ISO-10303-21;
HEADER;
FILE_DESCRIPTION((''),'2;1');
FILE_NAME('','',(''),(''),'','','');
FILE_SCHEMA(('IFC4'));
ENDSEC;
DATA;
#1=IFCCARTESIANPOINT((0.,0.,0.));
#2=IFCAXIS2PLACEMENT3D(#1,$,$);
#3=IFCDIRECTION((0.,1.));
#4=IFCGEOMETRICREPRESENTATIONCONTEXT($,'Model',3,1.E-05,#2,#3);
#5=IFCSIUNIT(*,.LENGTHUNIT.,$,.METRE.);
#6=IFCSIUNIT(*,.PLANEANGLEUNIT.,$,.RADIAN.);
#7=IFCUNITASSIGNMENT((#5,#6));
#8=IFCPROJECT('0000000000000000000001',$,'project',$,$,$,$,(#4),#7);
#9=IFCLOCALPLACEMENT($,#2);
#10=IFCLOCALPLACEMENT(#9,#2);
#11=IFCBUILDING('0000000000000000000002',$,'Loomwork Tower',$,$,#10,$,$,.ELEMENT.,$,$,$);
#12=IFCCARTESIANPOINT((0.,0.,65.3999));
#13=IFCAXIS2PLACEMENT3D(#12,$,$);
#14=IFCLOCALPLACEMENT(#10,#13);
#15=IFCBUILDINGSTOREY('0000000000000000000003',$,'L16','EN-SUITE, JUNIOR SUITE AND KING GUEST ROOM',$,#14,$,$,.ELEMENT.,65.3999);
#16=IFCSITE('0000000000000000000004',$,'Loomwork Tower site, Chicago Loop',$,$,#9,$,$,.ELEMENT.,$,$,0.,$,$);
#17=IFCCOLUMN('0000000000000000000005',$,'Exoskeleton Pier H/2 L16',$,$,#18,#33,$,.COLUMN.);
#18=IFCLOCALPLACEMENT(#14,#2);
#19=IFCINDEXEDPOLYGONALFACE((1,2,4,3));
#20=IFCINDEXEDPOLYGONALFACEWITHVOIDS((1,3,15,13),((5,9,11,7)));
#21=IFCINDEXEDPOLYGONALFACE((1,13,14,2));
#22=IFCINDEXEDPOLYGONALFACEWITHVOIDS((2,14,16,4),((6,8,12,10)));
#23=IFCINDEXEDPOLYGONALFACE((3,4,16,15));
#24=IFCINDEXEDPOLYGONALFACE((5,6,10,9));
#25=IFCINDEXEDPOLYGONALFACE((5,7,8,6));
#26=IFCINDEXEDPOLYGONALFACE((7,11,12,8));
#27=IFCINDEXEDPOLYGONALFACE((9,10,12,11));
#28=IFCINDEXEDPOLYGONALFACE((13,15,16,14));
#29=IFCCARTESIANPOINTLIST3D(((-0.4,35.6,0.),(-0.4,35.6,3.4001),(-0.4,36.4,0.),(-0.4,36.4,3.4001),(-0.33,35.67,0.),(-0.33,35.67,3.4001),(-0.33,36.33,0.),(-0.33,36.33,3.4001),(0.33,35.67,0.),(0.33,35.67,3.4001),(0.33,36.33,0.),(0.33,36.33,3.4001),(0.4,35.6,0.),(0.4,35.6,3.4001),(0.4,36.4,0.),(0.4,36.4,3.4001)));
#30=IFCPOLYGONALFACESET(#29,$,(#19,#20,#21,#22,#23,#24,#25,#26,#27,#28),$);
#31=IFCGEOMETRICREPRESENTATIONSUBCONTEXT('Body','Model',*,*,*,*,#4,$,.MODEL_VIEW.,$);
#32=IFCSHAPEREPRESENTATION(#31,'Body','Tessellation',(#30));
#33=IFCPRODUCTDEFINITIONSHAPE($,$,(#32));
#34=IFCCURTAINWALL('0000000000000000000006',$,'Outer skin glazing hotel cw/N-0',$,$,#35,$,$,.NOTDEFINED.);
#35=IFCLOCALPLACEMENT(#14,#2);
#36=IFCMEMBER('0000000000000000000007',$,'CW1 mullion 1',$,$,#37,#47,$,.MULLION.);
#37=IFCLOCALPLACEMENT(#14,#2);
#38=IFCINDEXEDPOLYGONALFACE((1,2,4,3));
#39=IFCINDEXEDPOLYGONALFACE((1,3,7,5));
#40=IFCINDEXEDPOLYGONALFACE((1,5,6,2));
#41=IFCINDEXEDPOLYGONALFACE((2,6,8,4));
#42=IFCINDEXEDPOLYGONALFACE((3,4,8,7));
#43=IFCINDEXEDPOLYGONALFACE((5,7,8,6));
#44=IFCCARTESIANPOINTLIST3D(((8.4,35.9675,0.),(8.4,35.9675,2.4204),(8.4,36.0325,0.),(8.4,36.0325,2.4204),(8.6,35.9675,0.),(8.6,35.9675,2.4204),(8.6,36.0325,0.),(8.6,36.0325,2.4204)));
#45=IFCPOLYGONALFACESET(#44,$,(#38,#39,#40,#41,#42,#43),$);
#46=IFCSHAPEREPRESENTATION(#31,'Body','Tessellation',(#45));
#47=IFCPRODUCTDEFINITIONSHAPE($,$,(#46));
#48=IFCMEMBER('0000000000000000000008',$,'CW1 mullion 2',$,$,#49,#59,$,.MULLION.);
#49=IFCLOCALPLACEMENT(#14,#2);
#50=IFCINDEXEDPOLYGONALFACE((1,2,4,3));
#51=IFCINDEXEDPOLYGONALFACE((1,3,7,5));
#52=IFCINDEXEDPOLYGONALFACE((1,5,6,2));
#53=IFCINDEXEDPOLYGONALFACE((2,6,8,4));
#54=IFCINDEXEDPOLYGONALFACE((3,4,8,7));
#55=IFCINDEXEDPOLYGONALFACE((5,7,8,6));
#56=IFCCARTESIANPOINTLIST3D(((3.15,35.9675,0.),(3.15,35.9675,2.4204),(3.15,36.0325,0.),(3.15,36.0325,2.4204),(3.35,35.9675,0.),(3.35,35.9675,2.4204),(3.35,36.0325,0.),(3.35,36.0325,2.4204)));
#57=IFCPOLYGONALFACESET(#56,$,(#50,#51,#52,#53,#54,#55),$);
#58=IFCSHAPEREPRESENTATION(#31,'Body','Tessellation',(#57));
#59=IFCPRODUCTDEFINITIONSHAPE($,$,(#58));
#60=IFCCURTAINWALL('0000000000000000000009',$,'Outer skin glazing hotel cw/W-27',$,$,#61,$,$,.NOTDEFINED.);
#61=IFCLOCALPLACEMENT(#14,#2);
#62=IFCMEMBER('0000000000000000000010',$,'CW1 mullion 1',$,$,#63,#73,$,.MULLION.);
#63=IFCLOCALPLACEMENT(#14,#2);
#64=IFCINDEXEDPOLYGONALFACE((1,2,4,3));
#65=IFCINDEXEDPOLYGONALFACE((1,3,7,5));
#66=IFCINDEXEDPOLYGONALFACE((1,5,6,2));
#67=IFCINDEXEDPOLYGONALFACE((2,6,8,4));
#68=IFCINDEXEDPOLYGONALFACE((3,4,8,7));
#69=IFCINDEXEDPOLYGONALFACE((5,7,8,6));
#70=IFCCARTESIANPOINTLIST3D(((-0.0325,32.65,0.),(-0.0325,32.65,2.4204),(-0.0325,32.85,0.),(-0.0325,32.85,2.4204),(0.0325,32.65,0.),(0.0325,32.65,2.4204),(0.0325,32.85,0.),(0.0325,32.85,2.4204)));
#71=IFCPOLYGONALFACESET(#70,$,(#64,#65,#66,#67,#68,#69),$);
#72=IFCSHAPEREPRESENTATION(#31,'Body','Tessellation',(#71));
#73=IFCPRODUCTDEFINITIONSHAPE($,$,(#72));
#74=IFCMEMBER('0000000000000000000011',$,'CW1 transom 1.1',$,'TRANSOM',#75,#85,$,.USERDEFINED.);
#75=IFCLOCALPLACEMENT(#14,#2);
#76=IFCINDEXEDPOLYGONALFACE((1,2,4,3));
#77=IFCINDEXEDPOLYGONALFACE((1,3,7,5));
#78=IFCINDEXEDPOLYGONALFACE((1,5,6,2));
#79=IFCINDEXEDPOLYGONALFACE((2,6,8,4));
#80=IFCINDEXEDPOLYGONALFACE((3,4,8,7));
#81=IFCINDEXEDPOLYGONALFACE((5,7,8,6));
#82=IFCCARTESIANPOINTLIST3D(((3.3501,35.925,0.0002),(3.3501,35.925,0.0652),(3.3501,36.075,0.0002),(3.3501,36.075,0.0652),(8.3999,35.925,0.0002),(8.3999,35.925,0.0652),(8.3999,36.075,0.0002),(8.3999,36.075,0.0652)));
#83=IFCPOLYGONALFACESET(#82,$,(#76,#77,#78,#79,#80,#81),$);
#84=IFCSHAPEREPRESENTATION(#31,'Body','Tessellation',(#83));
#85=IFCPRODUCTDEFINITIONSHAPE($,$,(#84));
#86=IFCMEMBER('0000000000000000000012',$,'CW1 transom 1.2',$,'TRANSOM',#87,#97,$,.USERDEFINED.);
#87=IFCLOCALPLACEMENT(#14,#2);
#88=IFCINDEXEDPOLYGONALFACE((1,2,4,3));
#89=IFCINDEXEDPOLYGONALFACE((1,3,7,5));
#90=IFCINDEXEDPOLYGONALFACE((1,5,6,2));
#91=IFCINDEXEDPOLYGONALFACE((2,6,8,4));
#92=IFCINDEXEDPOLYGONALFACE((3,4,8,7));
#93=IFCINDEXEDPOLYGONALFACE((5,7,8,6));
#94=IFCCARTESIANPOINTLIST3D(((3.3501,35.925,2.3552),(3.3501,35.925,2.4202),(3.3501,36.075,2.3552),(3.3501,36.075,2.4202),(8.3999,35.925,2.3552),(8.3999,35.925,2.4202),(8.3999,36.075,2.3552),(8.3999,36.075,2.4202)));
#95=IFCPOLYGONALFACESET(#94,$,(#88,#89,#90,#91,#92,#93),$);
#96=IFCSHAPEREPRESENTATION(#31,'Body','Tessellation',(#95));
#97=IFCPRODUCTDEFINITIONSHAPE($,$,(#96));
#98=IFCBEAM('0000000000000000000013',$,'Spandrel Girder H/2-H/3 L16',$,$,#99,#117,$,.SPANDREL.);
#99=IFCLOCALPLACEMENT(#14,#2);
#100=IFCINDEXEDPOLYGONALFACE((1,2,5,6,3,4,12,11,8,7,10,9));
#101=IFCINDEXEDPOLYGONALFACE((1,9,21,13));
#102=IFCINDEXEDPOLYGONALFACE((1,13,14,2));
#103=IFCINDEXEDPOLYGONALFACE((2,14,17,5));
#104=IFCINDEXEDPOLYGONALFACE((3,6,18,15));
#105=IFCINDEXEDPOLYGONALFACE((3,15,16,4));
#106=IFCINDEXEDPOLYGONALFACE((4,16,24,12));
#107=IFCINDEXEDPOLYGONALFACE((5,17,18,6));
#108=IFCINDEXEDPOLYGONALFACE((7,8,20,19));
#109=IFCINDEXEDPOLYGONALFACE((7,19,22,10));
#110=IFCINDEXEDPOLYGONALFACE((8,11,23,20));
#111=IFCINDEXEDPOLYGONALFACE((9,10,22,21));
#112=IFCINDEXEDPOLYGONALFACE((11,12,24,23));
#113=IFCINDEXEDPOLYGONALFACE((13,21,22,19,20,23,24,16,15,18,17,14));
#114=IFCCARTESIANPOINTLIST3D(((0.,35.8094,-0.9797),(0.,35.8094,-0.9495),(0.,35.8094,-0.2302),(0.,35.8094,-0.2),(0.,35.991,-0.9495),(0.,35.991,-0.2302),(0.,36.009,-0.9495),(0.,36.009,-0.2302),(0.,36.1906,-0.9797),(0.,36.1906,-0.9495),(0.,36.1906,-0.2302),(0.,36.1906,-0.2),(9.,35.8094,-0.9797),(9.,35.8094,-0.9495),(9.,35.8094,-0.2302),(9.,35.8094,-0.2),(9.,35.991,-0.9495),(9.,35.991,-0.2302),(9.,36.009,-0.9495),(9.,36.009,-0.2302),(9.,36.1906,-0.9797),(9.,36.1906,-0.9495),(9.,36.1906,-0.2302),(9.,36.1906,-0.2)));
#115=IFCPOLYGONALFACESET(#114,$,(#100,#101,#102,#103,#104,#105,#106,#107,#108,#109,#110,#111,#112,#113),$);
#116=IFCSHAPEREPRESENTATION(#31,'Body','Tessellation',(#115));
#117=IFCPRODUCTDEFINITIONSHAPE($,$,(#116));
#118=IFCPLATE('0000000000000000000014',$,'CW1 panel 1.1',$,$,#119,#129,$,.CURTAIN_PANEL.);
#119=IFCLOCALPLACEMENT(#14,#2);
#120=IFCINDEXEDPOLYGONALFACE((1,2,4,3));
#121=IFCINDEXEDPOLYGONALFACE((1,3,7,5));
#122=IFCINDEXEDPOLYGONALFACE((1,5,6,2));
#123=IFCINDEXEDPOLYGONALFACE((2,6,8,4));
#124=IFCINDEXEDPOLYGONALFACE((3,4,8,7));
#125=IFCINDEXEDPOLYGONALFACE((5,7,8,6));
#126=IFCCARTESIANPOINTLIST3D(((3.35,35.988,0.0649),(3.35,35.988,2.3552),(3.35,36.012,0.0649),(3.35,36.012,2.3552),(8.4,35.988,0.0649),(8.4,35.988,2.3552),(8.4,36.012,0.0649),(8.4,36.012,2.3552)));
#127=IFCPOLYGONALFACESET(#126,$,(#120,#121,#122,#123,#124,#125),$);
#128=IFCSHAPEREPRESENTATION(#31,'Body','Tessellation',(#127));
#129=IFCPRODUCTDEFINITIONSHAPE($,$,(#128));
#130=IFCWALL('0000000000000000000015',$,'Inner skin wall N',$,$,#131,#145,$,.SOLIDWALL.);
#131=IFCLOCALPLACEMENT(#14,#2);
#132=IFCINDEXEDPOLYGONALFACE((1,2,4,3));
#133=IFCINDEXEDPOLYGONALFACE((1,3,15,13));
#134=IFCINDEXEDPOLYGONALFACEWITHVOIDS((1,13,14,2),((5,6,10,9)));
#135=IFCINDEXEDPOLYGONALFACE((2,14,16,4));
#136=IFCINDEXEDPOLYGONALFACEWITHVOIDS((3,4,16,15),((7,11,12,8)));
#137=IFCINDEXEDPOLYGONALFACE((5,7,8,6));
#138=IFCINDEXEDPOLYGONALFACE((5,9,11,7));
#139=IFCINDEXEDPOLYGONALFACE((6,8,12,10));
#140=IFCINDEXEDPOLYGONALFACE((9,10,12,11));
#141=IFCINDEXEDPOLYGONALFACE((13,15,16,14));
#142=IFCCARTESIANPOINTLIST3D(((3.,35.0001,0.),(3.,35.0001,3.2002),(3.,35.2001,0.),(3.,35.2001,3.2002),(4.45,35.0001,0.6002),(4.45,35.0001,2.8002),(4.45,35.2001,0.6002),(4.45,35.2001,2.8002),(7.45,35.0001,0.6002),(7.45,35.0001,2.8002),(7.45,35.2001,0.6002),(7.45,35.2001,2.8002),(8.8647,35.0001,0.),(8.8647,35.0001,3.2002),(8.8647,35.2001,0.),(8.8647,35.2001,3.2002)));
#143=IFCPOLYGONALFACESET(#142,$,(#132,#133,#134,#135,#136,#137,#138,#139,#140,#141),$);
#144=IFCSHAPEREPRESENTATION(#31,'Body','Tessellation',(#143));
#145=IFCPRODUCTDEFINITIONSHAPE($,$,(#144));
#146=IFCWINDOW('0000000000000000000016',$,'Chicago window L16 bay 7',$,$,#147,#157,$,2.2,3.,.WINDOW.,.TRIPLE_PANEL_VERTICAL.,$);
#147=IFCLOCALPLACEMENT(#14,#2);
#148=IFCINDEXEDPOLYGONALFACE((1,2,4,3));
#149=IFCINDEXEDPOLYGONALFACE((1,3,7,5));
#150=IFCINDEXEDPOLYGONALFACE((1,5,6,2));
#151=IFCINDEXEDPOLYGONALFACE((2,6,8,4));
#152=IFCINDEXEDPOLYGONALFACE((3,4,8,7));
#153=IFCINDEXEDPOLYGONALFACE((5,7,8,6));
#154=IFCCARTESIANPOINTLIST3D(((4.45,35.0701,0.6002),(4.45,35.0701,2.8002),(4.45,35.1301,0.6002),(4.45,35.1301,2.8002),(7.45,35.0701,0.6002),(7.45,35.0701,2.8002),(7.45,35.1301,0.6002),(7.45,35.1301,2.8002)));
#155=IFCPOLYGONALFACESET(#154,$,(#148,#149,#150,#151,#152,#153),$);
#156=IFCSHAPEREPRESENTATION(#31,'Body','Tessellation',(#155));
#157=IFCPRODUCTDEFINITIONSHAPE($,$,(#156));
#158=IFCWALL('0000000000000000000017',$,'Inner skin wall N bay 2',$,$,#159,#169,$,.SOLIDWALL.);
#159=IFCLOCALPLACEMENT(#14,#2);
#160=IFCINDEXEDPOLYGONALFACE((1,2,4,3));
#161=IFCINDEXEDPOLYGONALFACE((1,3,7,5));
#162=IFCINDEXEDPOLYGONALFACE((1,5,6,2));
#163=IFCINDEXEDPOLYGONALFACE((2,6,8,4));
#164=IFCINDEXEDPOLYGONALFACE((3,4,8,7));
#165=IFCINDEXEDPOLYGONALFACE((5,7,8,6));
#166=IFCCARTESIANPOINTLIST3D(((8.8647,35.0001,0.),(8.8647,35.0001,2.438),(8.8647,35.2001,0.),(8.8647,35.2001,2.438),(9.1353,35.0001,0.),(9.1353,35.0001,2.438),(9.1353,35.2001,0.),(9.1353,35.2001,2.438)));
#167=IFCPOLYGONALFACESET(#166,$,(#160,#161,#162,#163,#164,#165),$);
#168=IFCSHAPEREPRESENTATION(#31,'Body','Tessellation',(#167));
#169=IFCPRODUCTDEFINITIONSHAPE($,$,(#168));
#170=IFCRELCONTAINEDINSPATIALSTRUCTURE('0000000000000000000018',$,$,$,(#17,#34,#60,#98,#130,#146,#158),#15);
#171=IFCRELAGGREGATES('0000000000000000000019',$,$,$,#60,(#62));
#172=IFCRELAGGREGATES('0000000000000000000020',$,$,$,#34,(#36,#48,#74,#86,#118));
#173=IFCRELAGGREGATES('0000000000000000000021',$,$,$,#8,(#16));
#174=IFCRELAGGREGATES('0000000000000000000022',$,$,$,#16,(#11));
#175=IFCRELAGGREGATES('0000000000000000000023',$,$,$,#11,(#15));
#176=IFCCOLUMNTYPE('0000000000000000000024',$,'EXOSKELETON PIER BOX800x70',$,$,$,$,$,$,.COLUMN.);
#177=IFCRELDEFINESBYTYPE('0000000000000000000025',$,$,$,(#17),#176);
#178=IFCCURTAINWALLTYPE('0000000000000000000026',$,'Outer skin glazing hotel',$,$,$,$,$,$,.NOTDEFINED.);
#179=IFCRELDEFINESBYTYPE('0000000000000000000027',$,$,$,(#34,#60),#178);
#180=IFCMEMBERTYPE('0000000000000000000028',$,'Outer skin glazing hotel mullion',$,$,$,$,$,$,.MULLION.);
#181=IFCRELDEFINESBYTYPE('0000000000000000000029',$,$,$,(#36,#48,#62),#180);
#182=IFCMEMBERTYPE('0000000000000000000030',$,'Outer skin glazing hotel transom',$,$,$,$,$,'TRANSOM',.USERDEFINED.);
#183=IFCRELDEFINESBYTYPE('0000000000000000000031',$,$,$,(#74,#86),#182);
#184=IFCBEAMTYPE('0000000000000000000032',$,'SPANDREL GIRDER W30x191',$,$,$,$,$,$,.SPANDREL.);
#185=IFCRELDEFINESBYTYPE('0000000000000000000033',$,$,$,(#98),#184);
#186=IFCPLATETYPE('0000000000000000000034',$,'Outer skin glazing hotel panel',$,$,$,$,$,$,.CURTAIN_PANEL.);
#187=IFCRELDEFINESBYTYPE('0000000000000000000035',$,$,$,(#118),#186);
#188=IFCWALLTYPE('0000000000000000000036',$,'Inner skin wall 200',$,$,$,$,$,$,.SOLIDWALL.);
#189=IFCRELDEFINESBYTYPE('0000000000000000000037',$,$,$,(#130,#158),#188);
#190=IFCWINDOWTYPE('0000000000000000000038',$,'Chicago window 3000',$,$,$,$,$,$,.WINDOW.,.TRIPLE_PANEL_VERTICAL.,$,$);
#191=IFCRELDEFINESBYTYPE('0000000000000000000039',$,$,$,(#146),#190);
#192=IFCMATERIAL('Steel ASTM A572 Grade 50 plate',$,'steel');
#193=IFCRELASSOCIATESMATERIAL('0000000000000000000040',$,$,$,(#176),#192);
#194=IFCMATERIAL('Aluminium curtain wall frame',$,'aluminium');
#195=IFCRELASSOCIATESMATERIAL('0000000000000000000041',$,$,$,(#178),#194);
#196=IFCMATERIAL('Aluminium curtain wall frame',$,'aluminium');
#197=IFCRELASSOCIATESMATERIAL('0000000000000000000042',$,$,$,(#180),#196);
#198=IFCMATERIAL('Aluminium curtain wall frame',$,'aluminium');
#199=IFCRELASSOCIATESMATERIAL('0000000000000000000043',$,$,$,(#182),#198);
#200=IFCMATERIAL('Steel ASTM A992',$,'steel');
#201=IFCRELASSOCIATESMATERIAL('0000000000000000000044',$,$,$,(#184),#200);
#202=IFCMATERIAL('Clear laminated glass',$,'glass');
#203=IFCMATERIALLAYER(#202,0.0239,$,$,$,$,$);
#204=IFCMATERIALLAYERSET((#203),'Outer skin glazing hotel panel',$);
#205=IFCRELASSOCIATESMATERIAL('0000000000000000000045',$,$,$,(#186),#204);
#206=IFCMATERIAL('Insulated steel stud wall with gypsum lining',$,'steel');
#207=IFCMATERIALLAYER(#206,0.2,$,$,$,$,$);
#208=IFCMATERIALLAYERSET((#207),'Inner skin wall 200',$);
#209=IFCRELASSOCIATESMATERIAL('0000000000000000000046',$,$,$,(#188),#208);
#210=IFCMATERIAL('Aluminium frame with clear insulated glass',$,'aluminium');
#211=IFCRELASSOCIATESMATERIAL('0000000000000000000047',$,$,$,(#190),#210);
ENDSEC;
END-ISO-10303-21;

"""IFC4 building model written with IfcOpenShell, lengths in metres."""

from ifc_helpers import new_model, si_unit, direction, frame, frame_2d, origin, origin_2d, place, context, subcontext, project, spatial, rectangle, hollow_rectangle, i_section, extrude, material, layer, layer_set, material_profile, profile_set, type_object, element, fill, aggregate, save


model = new_model("IFC4")

# Units and contexts
model_context = context("Model", 3, precision=1e-05, world=origin(), true_north=direction((0.0, 1.0)))
body_context = subcontext(model_context, "Body", "Model", "MODEL_VIEW")
ifc_project = project(units=[si_unit("LENGTHUNIT", "METRE"), si_unit("PLANEANGLEUNIT", "RADIAN")], contexts=[model_context])

# Site, building, storey
site_placement = place(None, origin())
site = spatial("IfcSite", under=ifc_project, at=site_placement, Name="Loomwork Tower site, Chicago Loop", CompositionType="ELEMENT", RefElevation=0.0)
building_placement = place(site_placement, origin())
building = spatial("IfcBuilding", under=site, at=building_placement, Name="Loomwork Tower", CompositionType="ELEMENT")
storey_placement = place(building_placement, frame((0.0, 0.0, 65.3999)))
storey = spatial("IfcBuildingStorey", under=building, at=storey_placement, Name="L16", Description="EN-SUITE, JUNIOR SUITE AND KING GUEST ROOM", CompositionType="ELEMENT", Elevation=65.3999)

# Column
ifc_material_1 = material(Name="Steel ASTM A572 Grade 50 plate", Category="steel")
ifc_material_profile_1 = material_profile(ifc_material_1, hollow_rectangle(XDim=0.8, YDim=0.8, WallThickness=0.0701, at=origin_2d()), Name="BOX800x70")
ifc_profile_set_1 = profile_set([ifc_material_profile_1], Name="Steel ASTM A572 Grade 50 plate")
column_type = type_object("IfcColumnType", Name="EXOSKELETON PIER BOX800x70", PredefinedType="COLUMN", material=ifc_profile_set_1)
column_placement = place(storey_placement, frame((0.0, 36.0, 0.0), z_axis=(0.0, 0.0, 1.0), x_axis=(1.0, 0.0, 0.0)))
element("IfcColumn", 1, at=column_placement, inside=storey, type_object=column_type, Name="Exoskeleton Pier H/2 L16", PredefinedType="COLUMN", context=body_context, shape_type="SweptSolid", body=[
    extrude(hollow_rectangle(XDim=0.8, YDim=0.8, WallThickness=0.0701, at=origin_2d()), origin(), (0.0, 0.0, 1.0), 3.4001),
])

# Curtain wall, members
ifc_material_2 = material(Name="Aluminium curtain wall frame", Category="aluminium")
curtain_wall_type = type_object("IfcCurtainWallType", Name="Outer skin glazing hotel", PredefinedType="NOTDEFINED", material=ifc_material_2)
curtain_wall_1_placement = place(storey_placement, origin())
curtain_wall_1 = element("IfcCurtainWall", 2, at=curtain_wall_1_placement, inside=storey, type_object=curtain_wall_type, Name="Outer skin glazing hotel cw/N-0", PredefinedType="NOTDEFINED")
ifc_material_3 = material(Name="Aluminium curtain wall frame", Category="aluminium")
ifc_material_profile_2 = material_profile(ifc_material_3, rectangle(XDim=0.0649, YDim=0.2, at=origin_2d()), Name="AL 65x200")
ifc_profile_set_2 = profile_set([ifc_material_profile_2], Name="Aluminium curtain wall frame")
member_type_1 = type_object("IfcMemberType", Name="Outer skin glazing hotel mullion", PredefinedType="MULLION", material=ifc_profile_set_2)
member_1_placement = place(storey_placement, frame((8.5, 36.0, 0.0), z_axis=(0.0, 0.0, 1.0), x_axis=(0.0, -1.0, 0.0)))
member_1 = element("IfcMember", 3, at=member_1_placement, type_object=member_type_1, Name="CW1 mullion 1", PredefinedType="MULLION", context=body_context, shape_type="SweptSolid", body=[
    extrude(rectangle(XDim=0.0649, YDim=0.2, at=origin_2d()), origin(), (0.0, 0.0, 1.0), 2.4204),
])
member_2_placement = place(storey_placement, frame((3.25, 36.0, 0.0), z_axis=(0.0, 0.0, 1.0), x_axis=(0.0, -1.0, 0.0)))
member_2 = element("IfcMember", 4, at=member_2_placement, type_object=member_type_1, Name="CW1 mullion 2", PredefinedType="MULLION", context=body_context, shape_type="SweptSolid", body=[
    extrude(rectangle(XDim=0.0649, YDim=0.2, at=origin_2d()), origin(), (0.0, 0.0, 1.0), 2.4204),
])

# Curtain wall, member
curtain_wall_2_placement = place(storey_placement, origin())
curtain_wall_2 = element("IfcCurtainWall", 5, at=curtain_wall_2_placement, inside=storey, type_object=curtain_wall_type, Name="Outer skin glazing hotel cw/W-27", PredefinedType="NOTDEFINED")
member_3_placement = place(storey_placement, frame((0.0, 32.75, 0.0), z_axis=(0.0, 0.0, 1.0), x_axis=(1.0, 0.0, 0.0)))
member_3 = element("IfcMember", 6, at=member_3_placement, type_object=member_type_1, Name="CW1 mullion 1", PredefinedType="MULLION", context=body_context, shape_type="SweptSolid", body=[
    extrude(rectangle(XDim=0.0649, YDim=0.2, at=origin_2d()), origin(), (0.0, 0.0, 1.0), 2.4204),
])
aggregate(curtain_wall_2, [member_3])

# Members
ifc_material_4 = material(Name="Aluminium curtain wall frame", Category="aluminium")
ifc_material_profile_3 = material_profile(ifc_material_4, rectangle(XDim=0.1499, YDim=0.0649, at=origin_2d()), Name="AL 65x150")
ifc_profile_set_3 = profile_set([ifc_material_profile_3], Name="Aluminium curtain wall frame")
member_type_2 = type_object("IfcMemberType", Name="Outer skin glazing hotel transom", ElementType="TRANSOM", PredefinedType="USERDEFINED", material=ifc_profile_set_3)
member_4_placement = place(storey_placement, frame((8.3999, 36.0, 0.0327), z_axis=(-1.0, 0.0, 0.0), x_axis=(0.0, -1.0, 0.0)))
member_4 = element("IfcMember", 7, at=member_4_placement, type_object=member_type_2, Name="CW1 transom 1.1", ObjectType="TRANSOM", PredefinedType="USERDEFINED", context=body_context, shape_type="SweptSolid", body=[
    extrude(rectangle(XDim=0.1499, YDim=0.0649, at=origin_2d()), origin(), (0.0, 0.0, 1.0), 5.0498),
])
member_5_placement = place(storey_placement, frame((8.3999, 36.0, 2.3877), z_axis=(-1.0, 0.0, 0.0), x_axis=(0.0, -1.0, 0.0)))
member_5 = element("IfcMember", 8, at=member_5_placement, type_object=member_type_2, Name="CW1 transom 1.2", ObjectType="TRANSOM", PredefinedType="USERDEFINED", context=body_context, shape_type="SweptSolid", body=[
    extrude(rectangle(XDim=0.1499, YDim=0.0649, at=origin_2d()), origin(), (0.0, 0.0, 1.0), 5.0498),
])

# Beam
ifc_material_5 = material(Name="Steel ASTM A992", Category="steel")
ifc_material_profile_4 = material_profile(ifc_material_5, i_section(OverallWidth=0.3811, OverallDepth=0.7798, WebThickness=0.0181, FlangeThickness=0.0303, at=origin_2d()), Name="W30x191")
ifc_profile_set_4 = profile_set([ifc_material_profile_4], Name="Steel ASTM A992")
beam_type = type_object("IfcBeamType", Name="SPANDREL GIRDER W30x191", PredefinedType="SPANDREL", material=ifc_profile_set_4)
beam_placement = place(storey_placement, frame((0.0, 36.0, -0.5898), z_axis=(1.0, 0.0, 0.0), x_axis=(0.0, 1.0, 0.0)))
element("IfcBeam", 9, at=beam_placement, inside=storey, type_object=beam_type, Name="Spandrel Girder H/2-H/3 L16", PredefinedType="SPANDREL", context=body_context, shape_type="SweptSolid", body=[
    extrude(i_section(OverallWidth=0.3811, OverallDepth=0.7798, WebThickness=0.0181, FlangeThickness=0.0303, at=origin_2d()), origin(), (0.0, 0.0, 1.0), 9.0),
])

# Plate
ifc_material_6 = material(Name="Clear laminated glass", Category="glass")
ifc_layer_1 = layer(ifc_material_6, 0.0239)
ifc_layer_set_1 = layer_set([ifc_layer_1], Name="Outer skin glazing hotel panel")
plate_type = type_object("IfcPlateType", Name="Outer skin glazing hotel panel", PredefinedType="CURTAIN_PANEL", material=ifc_layer_set_1)
plate_placement = place(storey_placement, frame((5.875, 36.0, 0.0649), z_axis=(0.0, 0.0, 1.0), x_axis=(-1.0, 0.0, 0.0)))
plate = element("IfcPlate", 10, at=plate_placement, type_object=plate_type, Name="CW1 panel 1.1", PredefinedType="CURTAIN_PANEL", context=body_context, shape_type="SweptSolid", body=[
    extrude(rectangle(XDim=5.05, YDim=0.0239, at=origin_2d()), origin(), (0.0, 0.0, 1.0), 2.2903),
])
aggregate(curtain_wall_1, [member_1, member_2, member_4, member_5, plate])

# Wall, opening, window
ifc_material_7 = material(Name="Insulated steel stud wall with gypsum lining", Category="steel")
ifc_layer_2 = layer(ifc_material_7, 0.2)
ifc_layer_set_2 = layer_set([ifc_layer_2], Name="Inner skin wall 200")
wall_type_1 = type_object("IfcWallType", Name="Inner skin wall 200", PredefinedType="SOLIDWALL", material=ifc_layer_set_2)
wall_1_placement = place(storey_placement, frame((3.0, 35.1001, 0.0), z_axis=(0.0, 0.0, 1.0), x_axis=(1.0, 0.0, 0.0)))
wall_1 = element("IfcWall", 11, at=wall_1_placement, inside=storey, type_object=wall_type_1, Name="Inner skin wall N", PredefinedType="SOLIDWALL", context=body_context, shape_type="SweptSolid", body=[
    extrude(rectangle(XDim=5.8647, YDim=0.2, at=frame_2d((2.9324, 0.0))), origin(), (0.0, 0.0, 1.0), 3.2002),
])
opening_1_placement = place(wall_1_placement, frame((1.45, 0.0, 0.6001)))
opening_1 = element("IfcOpeningElement", 12, at=opening_1_placement, cuts=wall_1, PredefinedType="OPENING", context=body_context, shape_type="SweptSolid", body=[
    extrude(rectangle(XDim=3.0, YDim=2.2, at=frame_2d((1.5, 1.1001))), frame((0.0, 0.1099, 0.0), z_axis=(0.0, -1.0, 0.0), x_axis=(1.0, 0.0, 0.0)), (0.0, 0.0, 1.0), 0.22),
])
ifc_material_8 = material(Name="Aluminium frame with clear insulated glass", Category="aluminium")
window_type_1 = type_object("IfcWindowType", Name="Chicago window 3000", PartitioningType="TRIPLE_PANEL_VERTICAL", PredefinedType="WINDOW", material=ifc_material_8)
window_1_placement = place(opening_1_placement, origin())
window_1 = element("IfcWindow", 13, at=window_1_placement, inside=storey, type_object=window_type_1, Name="Chicago window L16 bay 7", OverallHeight=2.2, OverallWidth=3.0, PartitioningType="TRIPLE_PANEL_VERTICAL", PredefinedType="WINDOW", context=body_context, shape_type="SweptSolid", body=[
    extrude(rectangle(XDim=3.0, YDim=2.2, at=frame_2d((1.5, 1.1001))), frame((0.0, 0.03, 0.0), z_axis=(0.0, -1.0, 0.0), x_axis=(1.0, 0.0, 0.0)), (0.0, 0.0, 1.0), 0.0601),
])
fill(opening_1, window_1)

# Wall
wall_2_placement = place(storey_placement, frame((8.8647, 35.1001, 0.0), z_axis=(0.0, 0.0, 1.0), x_axis=(1.0, 0.0, 0.0)))
element("IfcWall", 14, at=wall_2_placement, inside=storey, type_object=wall_type_1, Name="Inner skin wall N bay 2", PredefinedType="SOLIDWALL", context=body_context, shape_type="SweptSolid", body=[
    extrude(rectangle(XDim=0.2705, YDim=0.2, at=frame_2d((0.1353, 0.0))), origin(), (0.0, 0.0, 1.0), 2.438),
])

save(model, "model.ifc")
